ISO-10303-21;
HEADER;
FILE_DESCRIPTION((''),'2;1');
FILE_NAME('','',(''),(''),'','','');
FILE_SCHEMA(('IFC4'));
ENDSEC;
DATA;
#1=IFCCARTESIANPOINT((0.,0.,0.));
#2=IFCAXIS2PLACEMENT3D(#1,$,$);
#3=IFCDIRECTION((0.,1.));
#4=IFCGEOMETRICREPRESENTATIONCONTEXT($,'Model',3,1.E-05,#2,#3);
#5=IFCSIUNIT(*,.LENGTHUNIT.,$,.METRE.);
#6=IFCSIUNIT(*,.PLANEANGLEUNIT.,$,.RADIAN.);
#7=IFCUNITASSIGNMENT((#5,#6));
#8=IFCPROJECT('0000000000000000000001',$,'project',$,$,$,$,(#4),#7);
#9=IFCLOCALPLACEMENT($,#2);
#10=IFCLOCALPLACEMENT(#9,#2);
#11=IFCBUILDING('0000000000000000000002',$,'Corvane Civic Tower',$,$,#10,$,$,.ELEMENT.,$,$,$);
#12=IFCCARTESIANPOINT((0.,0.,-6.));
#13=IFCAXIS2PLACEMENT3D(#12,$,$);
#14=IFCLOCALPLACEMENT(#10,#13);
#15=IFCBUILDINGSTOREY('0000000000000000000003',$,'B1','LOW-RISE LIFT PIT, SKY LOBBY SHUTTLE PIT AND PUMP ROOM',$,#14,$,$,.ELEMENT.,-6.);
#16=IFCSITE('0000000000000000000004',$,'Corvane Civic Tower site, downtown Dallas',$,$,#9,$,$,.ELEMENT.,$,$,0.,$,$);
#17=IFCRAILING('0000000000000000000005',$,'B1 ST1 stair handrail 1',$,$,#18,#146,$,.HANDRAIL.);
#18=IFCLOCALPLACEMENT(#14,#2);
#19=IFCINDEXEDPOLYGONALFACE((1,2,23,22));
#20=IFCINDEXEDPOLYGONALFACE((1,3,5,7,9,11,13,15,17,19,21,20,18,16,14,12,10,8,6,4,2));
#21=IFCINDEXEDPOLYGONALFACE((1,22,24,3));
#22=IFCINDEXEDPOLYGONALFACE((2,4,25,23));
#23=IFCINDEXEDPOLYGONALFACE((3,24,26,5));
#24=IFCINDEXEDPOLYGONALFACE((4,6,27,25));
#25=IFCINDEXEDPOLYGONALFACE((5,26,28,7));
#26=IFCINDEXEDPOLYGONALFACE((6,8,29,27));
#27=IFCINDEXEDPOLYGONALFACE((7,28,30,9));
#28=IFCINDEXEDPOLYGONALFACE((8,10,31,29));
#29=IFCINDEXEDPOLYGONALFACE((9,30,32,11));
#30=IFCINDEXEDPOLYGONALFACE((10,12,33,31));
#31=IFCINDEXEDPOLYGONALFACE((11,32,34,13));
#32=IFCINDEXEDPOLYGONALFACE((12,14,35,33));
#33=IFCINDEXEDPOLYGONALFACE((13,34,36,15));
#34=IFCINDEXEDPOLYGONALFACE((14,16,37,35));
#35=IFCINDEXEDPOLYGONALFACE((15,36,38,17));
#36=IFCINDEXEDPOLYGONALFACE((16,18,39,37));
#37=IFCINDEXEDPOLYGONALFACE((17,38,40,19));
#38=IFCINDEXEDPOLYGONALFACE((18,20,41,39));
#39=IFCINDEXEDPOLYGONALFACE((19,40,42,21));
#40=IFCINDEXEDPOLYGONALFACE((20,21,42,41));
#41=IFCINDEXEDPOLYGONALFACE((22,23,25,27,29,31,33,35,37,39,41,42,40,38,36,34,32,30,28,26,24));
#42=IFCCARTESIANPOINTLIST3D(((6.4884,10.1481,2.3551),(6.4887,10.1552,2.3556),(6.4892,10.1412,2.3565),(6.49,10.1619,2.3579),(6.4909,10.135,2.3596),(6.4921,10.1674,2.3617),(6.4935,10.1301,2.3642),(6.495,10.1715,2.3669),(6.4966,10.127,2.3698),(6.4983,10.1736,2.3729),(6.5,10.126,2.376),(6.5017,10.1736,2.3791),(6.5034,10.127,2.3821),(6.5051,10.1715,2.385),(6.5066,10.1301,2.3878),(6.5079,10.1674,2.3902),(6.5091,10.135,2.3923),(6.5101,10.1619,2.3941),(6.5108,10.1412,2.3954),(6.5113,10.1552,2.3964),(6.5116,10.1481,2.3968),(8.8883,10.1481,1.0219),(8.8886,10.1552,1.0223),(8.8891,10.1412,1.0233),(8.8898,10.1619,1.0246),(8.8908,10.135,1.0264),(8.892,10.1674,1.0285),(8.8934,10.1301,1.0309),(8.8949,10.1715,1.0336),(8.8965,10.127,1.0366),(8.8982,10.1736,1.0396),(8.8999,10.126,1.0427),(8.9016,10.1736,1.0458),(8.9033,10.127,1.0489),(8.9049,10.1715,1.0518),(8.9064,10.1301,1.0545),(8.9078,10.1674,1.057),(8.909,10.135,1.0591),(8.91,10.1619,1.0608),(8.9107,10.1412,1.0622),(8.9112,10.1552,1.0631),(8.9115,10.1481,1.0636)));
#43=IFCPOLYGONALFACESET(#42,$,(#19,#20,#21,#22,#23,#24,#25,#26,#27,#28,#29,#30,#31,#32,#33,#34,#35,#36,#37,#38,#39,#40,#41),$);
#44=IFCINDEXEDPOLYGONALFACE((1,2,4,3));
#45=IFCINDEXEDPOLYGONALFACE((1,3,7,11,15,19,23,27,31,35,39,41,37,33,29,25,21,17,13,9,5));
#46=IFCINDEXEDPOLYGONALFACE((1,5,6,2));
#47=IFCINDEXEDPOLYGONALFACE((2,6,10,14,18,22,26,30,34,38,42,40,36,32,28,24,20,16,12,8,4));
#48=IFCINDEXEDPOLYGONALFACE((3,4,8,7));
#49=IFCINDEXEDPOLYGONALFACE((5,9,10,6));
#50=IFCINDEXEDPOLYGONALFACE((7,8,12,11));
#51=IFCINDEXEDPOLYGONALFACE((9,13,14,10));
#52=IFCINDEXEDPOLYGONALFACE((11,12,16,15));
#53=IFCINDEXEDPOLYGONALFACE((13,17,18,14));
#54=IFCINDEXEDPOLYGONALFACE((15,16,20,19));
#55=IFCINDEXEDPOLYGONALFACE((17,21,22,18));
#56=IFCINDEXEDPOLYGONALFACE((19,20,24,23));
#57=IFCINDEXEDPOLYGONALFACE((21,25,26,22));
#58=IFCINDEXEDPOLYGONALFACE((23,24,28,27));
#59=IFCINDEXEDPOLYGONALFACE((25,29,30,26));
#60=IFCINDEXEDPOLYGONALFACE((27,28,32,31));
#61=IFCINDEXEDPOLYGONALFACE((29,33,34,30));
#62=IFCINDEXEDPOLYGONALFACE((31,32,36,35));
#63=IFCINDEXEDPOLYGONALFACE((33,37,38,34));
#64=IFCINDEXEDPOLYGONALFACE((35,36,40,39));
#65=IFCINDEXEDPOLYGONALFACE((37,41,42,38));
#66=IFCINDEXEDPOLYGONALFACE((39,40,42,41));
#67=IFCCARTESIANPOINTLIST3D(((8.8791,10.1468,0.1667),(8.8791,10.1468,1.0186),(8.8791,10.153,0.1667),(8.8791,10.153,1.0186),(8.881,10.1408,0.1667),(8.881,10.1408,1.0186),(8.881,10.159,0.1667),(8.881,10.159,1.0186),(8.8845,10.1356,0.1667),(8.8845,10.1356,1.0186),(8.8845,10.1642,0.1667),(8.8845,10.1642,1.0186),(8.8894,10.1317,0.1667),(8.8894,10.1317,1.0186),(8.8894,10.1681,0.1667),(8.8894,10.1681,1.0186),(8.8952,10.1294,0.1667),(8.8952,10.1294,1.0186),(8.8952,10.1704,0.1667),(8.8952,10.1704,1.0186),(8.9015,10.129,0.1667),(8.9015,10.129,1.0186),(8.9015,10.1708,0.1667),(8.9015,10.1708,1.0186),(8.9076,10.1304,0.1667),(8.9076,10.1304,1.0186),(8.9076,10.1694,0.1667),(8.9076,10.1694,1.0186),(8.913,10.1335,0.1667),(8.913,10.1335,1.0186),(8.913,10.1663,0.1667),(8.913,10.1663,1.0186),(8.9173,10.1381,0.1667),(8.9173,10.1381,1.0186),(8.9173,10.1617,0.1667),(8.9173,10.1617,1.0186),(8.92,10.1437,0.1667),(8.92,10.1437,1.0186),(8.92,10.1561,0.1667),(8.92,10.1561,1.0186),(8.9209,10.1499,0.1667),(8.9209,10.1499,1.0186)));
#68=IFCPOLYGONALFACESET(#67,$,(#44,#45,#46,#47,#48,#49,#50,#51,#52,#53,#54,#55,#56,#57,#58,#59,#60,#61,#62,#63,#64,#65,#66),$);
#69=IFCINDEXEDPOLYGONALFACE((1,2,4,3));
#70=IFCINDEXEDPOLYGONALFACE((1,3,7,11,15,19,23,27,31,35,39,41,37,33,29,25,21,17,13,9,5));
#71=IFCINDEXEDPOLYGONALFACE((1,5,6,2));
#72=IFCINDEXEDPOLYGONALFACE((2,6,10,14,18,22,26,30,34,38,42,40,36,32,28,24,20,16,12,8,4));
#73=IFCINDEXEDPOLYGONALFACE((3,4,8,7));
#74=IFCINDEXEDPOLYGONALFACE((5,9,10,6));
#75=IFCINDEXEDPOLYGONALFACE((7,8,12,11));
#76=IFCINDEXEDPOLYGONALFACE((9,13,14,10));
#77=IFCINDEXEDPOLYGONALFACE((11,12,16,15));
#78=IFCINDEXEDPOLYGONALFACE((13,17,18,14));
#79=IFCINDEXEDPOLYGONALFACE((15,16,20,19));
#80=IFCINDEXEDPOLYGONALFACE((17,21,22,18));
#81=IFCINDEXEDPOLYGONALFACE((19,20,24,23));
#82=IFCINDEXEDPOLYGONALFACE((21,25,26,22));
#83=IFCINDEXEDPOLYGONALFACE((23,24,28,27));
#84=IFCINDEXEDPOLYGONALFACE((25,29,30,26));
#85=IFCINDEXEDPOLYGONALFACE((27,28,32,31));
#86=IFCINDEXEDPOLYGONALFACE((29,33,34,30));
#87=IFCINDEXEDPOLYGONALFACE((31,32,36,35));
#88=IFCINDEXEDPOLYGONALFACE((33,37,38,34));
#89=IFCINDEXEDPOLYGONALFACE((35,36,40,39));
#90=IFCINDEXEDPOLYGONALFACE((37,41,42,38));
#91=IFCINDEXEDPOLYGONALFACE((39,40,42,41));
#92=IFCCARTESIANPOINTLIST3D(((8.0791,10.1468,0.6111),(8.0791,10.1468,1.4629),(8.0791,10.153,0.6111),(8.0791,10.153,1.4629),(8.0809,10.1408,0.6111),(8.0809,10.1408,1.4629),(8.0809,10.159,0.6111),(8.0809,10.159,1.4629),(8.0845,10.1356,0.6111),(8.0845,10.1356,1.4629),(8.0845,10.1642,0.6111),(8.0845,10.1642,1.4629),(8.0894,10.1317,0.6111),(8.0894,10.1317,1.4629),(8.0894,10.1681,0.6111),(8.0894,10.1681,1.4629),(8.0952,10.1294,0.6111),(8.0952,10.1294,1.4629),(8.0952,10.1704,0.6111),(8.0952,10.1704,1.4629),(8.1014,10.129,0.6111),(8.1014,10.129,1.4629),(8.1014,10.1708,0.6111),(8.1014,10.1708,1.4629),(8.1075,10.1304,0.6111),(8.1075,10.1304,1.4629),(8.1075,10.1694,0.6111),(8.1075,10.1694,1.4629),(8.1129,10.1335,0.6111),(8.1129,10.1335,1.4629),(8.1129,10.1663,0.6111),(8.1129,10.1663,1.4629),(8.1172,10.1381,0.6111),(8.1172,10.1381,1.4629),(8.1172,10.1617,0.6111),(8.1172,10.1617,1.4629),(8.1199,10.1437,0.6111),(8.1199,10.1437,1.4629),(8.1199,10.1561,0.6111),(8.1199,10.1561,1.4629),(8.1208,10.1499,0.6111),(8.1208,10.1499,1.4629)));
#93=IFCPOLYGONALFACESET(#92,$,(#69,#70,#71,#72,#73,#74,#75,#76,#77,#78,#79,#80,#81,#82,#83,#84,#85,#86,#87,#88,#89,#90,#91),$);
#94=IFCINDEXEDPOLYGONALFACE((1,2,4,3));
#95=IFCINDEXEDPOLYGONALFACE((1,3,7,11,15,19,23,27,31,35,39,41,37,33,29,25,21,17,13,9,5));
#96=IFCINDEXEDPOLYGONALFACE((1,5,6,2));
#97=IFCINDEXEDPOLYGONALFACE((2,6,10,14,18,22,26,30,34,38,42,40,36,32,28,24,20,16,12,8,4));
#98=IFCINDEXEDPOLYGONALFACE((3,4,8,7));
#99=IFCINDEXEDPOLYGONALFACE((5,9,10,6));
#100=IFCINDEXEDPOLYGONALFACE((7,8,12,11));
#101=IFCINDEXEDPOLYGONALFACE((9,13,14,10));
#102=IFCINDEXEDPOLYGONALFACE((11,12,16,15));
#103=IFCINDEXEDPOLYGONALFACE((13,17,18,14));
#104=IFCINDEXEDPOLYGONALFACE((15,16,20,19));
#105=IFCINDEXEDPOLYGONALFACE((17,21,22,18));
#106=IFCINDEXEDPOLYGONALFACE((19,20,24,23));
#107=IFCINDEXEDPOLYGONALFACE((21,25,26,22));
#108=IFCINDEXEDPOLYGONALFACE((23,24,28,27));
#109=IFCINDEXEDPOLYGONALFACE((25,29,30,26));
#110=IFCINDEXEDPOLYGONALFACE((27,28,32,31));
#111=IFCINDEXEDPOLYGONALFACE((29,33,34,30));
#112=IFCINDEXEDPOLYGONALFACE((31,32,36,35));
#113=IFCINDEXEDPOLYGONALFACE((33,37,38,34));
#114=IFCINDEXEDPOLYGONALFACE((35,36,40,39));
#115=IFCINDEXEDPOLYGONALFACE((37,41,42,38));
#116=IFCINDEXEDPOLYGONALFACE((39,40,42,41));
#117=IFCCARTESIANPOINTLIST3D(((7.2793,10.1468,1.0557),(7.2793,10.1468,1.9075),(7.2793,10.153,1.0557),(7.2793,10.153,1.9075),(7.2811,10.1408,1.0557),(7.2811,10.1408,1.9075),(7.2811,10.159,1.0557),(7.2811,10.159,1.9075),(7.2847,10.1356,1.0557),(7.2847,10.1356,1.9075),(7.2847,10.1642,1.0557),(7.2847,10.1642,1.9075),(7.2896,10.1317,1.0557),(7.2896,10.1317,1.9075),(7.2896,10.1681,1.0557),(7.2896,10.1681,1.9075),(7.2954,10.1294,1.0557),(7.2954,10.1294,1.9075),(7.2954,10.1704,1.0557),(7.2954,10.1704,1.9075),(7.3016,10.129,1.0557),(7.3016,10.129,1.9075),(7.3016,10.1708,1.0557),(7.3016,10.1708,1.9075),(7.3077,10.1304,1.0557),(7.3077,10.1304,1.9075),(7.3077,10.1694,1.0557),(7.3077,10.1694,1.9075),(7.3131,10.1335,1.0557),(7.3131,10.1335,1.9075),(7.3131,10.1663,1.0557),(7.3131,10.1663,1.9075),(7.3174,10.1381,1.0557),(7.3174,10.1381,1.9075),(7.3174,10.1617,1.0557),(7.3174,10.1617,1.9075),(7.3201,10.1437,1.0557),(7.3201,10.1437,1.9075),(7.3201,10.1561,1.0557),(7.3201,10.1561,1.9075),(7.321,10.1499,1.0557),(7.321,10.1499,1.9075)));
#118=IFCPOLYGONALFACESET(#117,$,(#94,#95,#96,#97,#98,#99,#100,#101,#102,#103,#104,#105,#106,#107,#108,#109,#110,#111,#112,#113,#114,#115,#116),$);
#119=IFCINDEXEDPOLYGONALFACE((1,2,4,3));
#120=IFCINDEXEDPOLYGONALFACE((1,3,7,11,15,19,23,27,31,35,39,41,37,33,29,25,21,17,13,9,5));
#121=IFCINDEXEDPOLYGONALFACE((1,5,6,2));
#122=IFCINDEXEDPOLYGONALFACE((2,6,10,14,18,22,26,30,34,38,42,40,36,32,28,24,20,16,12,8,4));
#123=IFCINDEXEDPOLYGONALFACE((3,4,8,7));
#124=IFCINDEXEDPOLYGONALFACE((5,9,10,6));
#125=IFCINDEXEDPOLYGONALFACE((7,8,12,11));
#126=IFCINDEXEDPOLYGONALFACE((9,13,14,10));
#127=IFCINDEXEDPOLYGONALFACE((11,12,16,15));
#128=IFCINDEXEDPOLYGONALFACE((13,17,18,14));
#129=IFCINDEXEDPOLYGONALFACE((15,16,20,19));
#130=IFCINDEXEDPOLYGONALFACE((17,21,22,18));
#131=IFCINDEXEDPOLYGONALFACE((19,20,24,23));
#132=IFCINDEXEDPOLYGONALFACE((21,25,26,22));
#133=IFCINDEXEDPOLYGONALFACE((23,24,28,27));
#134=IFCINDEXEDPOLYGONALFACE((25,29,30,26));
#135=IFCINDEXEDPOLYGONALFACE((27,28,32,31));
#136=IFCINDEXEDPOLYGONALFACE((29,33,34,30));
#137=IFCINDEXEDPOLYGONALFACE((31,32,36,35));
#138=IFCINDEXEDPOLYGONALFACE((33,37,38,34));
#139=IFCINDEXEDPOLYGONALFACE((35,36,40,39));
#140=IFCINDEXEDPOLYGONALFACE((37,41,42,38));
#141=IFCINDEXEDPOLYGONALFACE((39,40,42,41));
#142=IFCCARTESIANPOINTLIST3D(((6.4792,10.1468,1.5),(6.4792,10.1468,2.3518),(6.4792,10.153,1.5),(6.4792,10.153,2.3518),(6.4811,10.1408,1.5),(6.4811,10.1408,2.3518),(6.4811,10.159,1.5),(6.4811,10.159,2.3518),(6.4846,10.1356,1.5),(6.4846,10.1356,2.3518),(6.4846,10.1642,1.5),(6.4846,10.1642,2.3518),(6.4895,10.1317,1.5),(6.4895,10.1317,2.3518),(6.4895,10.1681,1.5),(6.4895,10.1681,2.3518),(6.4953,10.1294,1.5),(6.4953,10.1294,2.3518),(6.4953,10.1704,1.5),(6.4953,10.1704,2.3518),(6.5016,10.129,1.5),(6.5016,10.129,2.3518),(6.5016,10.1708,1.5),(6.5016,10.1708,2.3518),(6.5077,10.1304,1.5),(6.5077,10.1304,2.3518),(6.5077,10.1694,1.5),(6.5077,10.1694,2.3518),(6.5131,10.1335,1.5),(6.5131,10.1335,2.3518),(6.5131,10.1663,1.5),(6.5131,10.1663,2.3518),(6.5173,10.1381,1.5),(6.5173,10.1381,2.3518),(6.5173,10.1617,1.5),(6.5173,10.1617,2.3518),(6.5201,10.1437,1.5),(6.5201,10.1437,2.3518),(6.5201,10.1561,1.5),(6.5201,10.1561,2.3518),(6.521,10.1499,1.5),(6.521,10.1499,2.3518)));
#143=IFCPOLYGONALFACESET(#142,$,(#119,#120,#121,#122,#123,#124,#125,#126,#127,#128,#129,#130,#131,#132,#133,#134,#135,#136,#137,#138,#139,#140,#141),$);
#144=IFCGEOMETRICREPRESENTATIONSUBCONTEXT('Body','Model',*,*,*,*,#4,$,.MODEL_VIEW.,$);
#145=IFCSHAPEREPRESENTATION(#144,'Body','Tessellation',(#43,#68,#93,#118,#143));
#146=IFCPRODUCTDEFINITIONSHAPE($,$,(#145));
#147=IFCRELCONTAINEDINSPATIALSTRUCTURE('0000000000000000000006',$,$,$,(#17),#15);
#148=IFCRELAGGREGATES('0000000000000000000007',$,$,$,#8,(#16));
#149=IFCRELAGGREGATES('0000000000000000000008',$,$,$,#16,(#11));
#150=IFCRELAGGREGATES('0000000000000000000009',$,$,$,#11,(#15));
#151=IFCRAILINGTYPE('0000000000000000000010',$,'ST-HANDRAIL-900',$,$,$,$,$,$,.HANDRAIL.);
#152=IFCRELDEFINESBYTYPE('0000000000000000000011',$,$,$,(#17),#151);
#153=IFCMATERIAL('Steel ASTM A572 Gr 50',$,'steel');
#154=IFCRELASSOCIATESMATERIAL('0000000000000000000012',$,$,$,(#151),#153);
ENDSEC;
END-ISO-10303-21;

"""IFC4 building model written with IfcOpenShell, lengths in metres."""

from ifc_helpers import new_model, si_unit, direction, frame, origin, origin_2d, place, context, subcontext, project, spatial, circle, extrude, material, type_object, element, save


model = new_model("IFC4")

# Units and contexts
model_context = context("Model", 3, precision=1e-05, world=origin(), true_north=direction((0.0, 1.0)))
body_context = subcontext(model_context, "Body", "Model", "MODEL_VIEW")
ifc_project = project(units=[si_unit("LENGTHUNIT", "METRE"), si_unit("PLANEANGLEUNIT", "RADIAN")], contexts=[model_context])

# Site, building, storey
site_placement = place(None, origin())
site = spatial("IfcSite", under=ifc_project, at=site_placement, Name="Corvane Civic Tower site, downtown Dallas", CompositionType="ELEMENT", RefElevation=0.0)
building_placement = place(site_placement, origin())
building = spatial("IfcBuilding", under=site, at=building_placement, Name="Corvane Civic Tower", CompositionType="ELEMENT")
storey_placement = place(building_placement, frame((0.0, 0.0, -6.0)))
storey = spatial("IfcBuildingStorey", under=building, at=storey_placement, Name="B1", Description="LOW-RISE LIFT PIT, SKY LOBBY SHUTTLE PIT AND PUMP ROOM", CompositionType="ELEMENT", Elevation=-6.0)

# Railing
ifc_material_1 = material(Name="Steel ASTM A572 Gr 50", Category="steel")
railing_type_1 = type_object("IfcRailingType", Name="ST-HANDRAIL-900", PredefinedType="HANDRAIL", material=ifc_material_1)
for number, where, name in (
    (1, (8.8999, 10.1499, 0.1667), "B1 ST1 stair handrail 1"),
):
    element("IfcRailing", number, at=place(storey_placement, frame(where)), inside=storey, type_object=railing_type_1, Name=name, PredefinedType="HANDRAIL", context=body_context, shape_type="SweptSolid", body=[
        extrude(circle(Radius=0.0239, at=origin_2d()), frame((0.0, 0.0, 0.876), z_axis=(-0.874161, 0.0, 0.485635), x_axis=(0.0, -1.0, 0.0)), (0.0, 0.0, 1.0), 2.7454),
        extrude(circle(Radius=0.021, at=origin_2d()), origin(), (0.0, 0.0, 1.0), 0.8518),
        extrude(circle(Radius=0.021, at=origin_2d()), frame((-0.8, 0.0, 0.4443)), (0.0, 0.0, 1.0), 0.8518),
        extrude(circle(Radius=0.021, at=origin_2d()), frame((-1.5999, 0.0, 0.8889)), (0.0, 0.0, 1.0), 0.8518),
        extrude(circle(Radius=0.021, at=origin_2d()), frame((-2.3999, 0.0, 1.3333)), (0.0, 0.0, 1.0), 0.8518),
    ])

save(model, "model.ifc")
